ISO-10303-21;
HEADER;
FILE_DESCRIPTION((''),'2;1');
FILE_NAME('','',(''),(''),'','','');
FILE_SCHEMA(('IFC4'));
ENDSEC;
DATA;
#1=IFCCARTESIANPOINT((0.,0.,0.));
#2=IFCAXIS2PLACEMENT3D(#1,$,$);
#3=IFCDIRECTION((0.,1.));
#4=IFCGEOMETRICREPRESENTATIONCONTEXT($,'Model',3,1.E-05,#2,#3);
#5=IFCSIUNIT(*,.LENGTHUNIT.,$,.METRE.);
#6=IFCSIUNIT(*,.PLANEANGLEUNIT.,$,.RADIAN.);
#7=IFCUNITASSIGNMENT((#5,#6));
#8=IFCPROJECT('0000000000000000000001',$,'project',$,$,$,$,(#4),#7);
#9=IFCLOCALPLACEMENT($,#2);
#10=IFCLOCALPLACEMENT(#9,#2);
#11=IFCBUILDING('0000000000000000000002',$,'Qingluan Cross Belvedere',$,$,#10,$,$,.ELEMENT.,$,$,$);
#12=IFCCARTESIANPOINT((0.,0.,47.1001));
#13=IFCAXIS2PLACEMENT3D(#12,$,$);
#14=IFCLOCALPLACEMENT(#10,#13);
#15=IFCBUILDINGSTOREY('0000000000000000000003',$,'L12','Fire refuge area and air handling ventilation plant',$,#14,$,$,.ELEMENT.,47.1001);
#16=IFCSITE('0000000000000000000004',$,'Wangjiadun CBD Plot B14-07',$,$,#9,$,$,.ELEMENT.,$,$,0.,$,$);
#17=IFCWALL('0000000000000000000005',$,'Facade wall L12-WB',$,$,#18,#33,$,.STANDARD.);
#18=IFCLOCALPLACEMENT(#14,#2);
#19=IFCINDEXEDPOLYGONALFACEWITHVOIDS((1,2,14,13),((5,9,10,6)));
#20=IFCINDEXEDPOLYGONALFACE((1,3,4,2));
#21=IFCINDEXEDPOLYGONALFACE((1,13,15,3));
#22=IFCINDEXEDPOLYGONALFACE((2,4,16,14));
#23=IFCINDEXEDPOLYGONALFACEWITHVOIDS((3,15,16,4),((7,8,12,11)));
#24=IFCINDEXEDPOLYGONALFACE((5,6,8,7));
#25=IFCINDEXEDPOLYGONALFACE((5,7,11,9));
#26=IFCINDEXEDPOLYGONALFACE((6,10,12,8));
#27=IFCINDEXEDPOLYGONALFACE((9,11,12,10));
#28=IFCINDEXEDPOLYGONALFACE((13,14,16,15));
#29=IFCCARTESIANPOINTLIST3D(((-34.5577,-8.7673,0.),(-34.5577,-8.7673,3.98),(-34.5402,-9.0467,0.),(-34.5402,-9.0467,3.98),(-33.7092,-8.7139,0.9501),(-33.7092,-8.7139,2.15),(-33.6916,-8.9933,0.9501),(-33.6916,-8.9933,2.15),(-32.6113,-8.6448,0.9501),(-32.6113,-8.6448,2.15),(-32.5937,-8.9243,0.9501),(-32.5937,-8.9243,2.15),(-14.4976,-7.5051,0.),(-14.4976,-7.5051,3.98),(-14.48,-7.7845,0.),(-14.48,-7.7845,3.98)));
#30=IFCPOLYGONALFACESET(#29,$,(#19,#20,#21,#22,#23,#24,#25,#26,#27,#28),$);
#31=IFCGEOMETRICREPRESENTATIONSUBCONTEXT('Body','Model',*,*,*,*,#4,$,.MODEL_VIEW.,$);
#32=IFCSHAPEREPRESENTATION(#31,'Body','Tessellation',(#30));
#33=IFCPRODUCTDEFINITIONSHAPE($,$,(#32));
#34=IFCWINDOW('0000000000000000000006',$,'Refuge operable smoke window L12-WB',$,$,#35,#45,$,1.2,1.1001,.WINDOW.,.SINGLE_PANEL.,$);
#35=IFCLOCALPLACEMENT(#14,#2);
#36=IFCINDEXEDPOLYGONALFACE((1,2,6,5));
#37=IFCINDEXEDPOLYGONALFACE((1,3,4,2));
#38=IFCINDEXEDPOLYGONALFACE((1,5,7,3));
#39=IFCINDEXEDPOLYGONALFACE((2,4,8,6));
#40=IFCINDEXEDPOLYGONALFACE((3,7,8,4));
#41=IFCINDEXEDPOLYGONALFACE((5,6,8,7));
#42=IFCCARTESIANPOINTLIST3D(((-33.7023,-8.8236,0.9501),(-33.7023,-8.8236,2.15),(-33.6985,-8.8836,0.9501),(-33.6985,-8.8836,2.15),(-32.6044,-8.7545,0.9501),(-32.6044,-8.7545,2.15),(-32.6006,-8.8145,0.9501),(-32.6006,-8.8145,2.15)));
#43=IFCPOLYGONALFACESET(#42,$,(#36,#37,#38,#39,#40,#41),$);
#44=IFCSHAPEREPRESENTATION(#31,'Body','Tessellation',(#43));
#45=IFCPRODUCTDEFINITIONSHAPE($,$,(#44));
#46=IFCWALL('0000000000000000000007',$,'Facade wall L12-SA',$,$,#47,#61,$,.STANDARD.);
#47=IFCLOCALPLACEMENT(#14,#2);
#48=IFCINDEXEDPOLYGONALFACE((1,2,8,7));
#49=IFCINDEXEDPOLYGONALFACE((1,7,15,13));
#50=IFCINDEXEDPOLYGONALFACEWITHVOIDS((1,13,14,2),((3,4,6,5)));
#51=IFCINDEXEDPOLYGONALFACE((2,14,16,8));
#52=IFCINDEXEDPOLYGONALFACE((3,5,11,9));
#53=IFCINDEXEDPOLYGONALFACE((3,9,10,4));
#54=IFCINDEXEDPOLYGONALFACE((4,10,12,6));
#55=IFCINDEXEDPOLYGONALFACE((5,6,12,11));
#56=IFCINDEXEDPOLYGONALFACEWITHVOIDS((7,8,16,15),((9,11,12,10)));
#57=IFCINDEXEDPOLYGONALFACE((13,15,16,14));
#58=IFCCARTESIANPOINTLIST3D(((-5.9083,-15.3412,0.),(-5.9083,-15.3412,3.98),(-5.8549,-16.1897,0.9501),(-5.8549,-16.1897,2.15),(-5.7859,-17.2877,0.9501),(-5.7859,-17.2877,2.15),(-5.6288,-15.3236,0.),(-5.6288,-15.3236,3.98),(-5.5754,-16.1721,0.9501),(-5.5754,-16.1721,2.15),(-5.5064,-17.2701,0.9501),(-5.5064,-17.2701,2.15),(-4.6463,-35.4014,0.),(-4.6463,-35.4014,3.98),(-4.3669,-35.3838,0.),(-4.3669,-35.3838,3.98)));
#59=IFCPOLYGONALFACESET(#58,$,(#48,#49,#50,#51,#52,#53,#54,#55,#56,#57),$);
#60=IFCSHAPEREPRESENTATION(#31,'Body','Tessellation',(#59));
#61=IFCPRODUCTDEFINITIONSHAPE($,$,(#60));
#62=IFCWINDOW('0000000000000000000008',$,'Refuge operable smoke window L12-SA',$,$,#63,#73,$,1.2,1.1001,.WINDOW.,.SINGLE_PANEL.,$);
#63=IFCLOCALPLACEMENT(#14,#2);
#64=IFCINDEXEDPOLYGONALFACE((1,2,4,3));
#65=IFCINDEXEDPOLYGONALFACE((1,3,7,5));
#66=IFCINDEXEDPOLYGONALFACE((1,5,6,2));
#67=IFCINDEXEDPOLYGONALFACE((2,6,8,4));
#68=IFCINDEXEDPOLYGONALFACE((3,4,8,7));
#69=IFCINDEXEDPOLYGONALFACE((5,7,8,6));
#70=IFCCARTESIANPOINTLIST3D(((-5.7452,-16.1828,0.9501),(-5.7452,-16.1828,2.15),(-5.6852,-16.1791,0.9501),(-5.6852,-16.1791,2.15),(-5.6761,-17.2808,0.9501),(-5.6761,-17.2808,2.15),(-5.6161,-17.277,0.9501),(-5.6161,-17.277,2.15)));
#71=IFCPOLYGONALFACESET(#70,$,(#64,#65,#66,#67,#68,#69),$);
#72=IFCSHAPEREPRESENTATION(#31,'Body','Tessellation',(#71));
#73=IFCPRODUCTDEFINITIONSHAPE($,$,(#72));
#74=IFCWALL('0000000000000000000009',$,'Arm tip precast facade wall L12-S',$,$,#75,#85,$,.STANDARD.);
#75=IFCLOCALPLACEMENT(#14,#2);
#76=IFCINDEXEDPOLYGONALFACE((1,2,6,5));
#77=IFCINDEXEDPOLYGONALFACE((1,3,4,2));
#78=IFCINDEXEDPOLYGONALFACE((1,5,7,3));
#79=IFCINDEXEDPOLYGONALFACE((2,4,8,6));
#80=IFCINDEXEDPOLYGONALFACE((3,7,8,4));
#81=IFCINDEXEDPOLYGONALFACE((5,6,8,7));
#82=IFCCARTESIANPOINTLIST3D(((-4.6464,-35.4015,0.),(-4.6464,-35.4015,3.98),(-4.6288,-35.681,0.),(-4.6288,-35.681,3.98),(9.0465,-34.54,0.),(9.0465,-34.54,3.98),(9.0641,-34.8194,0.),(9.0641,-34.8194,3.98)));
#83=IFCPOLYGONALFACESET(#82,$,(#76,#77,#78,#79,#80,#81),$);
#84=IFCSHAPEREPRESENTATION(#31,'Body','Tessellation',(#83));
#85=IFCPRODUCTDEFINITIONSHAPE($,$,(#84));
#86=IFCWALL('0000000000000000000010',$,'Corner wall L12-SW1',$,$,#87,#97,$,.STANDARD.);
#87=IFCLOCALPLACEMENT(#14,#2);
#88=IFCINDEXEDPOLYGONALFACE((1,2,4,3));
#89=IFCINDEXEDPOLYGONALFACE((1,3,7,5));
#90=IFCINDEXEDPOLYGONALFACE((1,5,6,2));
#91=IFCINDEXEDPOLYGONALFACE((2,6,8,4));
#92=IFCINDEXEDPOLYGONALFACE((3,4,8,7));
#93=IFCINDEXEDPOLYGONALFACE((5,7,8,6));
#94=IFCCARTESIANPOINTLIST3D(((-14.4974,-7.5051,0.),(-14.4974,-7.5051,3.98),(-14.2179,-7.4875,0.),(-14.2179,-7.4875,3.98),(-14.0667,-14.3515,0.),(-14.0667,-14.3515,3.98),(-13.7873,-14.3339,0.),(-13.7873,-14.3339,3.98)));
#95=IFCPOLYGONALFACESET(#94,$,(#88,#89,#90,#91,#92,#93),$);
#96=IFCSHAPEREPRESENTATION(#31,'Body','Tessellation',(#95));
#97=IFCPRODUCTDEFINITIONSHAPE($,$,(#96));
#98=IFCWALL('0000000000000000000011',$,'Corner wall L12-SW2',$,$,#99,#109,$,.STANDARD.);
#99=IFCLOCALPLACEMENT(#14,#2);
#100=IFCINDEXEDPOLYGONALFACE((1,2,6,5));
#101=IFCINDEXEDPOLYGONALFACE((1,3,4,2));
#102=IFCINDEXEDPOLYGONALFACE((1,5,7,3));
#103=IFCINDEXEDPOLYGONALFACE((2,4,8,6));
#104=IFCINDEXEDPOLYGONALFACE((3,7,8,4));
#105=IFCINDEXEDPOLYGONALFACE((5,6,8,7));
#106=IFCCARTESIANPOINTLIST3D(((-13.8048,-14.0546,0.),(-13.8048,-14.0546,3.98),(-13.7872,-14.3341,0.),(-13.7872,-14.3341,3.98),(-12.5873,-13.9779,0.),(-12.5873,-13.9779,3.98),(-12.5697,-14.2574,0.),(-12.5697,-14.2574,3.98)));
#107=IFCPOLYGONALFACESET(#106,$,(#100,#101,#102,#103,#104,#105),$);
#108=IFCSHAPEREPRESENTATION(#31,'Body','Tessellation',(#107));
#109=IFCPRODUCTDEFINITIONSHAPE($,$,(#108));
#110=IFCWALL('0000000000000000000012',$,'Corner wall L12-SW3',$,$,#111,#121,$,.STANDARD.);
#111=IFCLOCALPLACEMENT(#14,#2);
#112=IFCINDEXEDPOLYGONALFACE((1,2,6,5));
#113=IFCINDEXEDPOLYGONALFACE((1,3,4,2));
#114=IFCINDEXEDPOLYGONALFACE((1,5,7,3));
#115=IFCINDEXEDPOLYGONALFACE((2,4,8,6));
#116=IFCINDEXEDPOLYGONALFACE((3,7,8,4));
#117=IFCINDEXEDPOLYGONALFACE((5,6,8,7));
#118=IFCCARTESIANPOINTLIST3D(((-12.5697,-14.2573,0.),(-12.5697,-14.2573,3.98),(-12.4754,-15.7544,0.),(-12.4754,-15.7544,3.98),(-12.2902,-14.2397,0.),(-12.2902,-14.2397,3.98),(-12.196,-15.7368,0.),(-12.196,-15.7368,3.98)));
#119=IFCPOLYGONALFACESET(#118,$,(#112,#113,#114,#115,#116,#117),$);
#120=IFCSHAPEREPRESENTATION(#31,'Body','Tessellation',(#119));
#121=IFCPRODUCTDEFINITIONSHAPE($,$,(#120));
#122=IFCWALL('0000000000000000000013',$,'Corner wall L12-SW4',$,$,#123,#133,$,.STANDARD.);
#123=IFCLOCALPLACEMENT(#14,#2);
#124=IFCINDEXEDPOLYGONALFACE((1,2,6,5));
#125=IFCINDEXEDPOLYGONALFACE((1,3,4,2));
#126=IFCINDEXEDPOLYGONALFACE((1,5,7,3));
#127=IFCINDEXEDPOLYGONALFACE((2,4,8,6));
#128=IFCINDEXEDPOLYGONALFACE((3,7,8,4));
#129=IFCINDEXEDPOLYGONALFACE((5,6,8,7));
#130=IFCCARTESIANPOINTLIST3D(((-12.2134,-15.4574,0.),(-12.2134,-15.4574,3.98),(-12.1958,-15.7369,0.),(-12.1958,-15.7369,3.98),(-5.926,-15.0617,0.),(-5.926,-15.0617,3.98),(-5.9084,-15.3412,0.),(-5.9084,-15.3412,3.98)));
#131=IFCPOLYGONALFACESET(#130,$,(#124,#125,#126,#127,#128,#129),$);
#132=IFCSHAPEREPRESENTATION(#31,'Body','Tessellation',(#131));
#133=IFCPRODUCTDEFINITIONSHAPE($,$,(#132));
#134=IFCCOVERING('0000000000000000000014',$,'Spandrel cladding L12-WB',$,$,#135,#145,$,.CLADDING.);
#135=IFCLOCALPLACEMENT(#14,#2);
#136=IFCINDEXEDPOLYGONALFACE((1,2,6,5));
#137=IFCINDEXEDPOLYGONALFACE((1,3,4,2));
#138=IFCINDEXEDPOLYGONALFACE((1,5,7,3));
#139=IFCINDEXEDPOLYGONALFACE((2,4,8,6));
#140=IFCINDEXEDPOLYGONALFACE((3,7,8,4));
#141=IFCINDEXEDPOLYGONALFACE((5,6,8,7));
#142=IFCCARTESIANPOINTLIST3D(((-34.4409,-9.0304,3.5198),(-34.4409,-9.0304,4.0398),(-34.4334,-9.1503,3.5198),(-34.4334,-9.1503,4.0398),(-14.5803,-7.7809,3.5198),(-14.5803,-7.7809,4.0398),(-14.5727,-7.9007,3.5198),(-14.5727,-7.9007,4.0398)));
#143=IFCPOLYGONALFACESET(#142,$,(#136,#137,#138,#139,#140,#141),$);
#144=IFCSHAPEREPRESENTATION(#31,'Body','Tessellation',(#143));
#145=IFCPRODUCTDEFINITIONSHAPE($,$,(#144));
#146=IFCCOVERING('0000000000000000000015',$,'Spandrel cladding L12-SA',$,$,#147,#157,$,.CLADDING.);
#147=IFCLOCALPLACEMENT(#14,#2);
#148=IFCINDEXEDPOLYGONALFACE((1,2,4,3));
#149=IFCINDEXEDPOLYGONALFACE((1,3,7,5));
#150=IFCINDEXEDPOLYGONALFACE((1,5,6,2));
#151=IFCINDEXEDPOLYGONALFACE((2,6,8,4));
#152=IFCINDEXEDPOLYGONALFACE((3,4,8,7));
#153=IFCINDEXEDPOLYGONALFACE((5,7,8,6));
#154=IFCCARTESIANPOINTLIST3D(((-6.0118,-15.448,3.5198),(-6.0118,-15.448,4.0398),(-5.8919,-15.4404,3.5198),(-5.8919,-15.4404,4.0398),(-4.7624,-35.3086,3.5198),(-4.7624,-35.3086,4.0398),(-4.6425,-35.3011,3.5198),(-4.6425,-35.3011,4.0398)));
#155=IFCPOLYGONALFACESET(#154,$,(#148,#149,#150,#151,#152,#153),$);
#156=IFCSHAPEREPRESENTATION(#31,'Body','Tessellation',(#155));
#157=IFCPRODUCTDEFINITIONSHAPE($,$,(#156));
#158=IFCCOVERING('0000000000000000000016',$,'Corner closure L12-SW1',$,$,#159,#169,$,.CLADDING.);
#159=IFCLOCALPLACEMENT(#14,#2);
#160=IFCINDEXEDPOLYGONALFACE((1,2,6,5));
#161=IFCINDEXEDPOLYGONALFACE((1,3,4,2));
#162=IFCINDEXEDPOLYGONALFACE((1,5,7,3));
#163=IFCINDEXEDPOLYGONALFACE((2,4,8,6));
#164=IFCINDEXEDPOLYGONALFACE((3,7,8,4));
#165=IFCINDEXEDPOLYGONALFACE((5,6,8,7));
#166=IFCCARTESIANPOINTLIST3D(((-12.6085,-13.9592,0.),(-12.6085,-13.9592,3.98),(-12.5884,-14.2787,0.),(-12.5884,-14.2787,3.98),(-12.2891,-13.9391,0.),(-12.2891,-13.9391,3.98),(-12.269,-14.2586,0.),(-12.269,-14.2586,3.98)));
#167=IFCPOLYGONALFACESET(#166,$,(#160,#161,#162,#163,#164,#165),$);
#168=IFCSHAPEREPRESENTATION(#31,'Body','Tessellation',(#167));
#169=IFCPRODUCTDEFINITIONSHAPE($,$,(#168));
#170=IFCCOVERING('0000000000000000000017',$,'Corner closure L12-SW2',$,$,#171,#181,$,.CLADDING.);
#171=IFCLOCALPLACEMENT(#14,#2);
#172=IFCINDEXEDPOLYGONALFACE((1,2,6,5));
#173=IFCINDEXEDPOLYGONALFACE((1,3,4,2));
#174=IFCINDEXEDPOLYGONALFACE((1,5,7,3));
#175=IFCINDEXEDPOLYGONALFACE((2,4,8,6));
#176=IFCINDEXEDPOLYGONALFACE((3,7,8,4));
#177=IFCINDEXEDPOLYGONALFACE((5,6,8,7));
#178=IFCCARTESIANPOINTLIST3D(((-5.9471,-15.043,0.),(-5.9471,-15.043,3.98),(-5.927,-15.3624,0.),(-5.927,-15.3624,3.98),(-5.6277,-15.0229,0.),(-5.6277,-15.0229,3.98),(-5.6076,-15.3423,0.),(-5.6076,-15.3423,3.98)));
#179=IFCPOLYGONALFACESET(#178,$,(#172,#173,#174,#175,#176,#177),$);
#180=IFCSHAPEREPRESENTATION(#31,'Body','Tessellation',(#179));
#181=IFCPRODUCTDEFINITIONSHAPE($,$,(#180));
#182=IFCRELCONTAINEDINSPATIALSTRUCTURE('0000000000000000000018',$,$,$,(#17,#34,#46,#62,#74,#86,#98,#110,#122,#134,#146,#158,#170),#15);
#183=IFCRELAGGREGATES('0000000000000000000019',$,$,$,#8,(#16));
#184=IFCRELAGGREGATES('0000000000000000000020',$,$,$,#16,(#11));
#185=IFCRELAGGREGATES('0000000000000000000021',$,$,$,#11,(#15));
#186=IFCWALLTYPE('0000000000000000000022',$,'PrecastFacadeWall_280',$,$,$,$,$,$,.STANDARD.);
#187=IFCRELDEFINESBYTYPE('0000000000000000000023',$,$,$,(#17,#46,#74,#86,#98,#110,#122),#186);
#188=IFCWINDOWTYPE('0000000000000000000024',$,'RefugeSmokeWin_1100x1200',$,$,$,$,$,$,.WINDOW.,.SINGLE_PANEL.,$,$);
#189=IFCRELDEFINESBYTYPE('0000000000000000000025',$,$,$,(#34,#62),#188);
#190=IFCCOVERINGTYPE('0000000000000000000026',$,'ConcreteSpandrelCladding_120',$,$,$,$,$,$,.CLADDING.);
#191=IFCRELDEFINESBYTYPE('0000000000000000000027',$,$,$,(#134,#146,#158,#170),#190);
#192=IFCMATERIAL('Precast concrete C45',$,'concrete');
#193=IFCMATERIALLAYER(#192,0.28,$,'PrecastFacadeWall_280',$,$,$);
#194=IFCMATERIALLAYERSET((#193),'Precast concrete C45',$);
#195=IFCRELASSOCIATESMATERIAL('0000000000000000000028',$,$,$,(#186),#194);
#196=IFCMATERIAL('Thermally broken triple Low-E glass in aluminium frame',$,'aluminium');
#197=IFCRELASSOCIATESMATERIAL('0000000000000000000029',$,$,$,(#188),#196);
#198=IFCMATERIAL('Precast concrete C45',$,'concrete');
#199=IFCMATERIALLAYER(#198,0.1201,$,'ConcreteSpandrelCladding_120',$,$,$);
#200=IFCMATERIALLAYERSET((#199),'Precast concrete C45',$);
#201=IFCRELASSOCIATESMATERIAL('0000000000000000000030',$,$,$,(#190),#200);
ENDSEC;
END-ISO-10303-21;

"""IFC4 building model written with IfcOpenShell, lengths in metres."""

from ifc_helpers import new_model, si_unit, direction, frame, frame_2d, origin, origin_2d, place, context, subcontext, project, spatial, rectangle, extrude, material, layer, layer_set, type_object, element, fill, save


model = new_model("IFC4")

# Units and contexts
model_context = context("Model", 3, precision=1e-05, world=origin(), true_north=direction((0.0, 1.0)))
body_context = subcontext(model_context, "Body", "Model", "MODEL_VIEW")
ifc_project = project(units=[si_unit("LENGTHUNIT", "METRE"), si_unit("PLANEANGLEUNIT", "RADIAN")], contexts=[model_context])

# Site, building, storey
site_placement = place(None, origin())
site = spatial("IfcSite", under=ifc_project, at=site_placement, Name="Wangjiadun CBD Plot B14-07", CompositionType="ELEMENT", RefElevation=0.0)
building_placement = place(site_placement, origin())
building = spatial("IfcBuilding", under=site, at=building_placement, Name="Qingluan Cross Belvedere", CompositionType="ELEMENT")
storey_placement = place(building_placement, frame((0.0, 0.0, 47.1001)))
storey = spatial("IfcBuildingStorey", under=building, at=storey_placement, Name="L12", Description="Fire refuge area and air handling ventilation plant", CompositionType="ELEMENT", Elevation=47.1001)

# Walls, openings, windows
ifc_material_1 = material(Name="Precast concrete C45", Category="concrete")
ifc_layer_1 = layer(ifc_material_1, 0.28, Name="PrecastFacadeWall_280")
ifc_layer_set_1 = layer_set([ifc_layer_1], Name="Precast concrete C45")
wall_type = type_object("IfcWallType", Name="PrecastFacadeWall_280", PredefinedType="STANDARD", material=ifc_layer_set_1)
wall_1_placement = place(storey_placement, frame((-34.5488, -8.907, 0.0), z_axis=(0.0, 0.0, 1.0), x_axis=(0.998026, 0.062796, 0.0)))
wall_1 = element("IfcWall", 1, at=wall_1_placement, inside=storey, type_object=wall_type, Name="Facade wall L12-WB", PredefinedType="STANDARD", context=body_context, shape_type="SweptSolid", body=[
    extrude(rectangle(XDim=20.0999, YDim=0.28, at=frame_2d((10.0498, 0.0))), origin(), (0.0, 0.0, 1.0), 3.98),
])
opening_1_placement = place(wall_1_placement, frame((0.8501, 0.0, 0.95)))
opening_1 = element("IfcOpeningElement", 2, at=opening_1_placement, cuts=wall_1, PredefinedType="OPENING", context=body_context, shape_type="SweptSolid", body=[
    extrude(rectangle(XDim=1.1001, YDim=1.2, at=frame_2d((0.55, 0.6001))), frame((0.0, 0.1499, 0.0), z_axis=(0.0, -1.0, 0.0), x_axis=(1.0, 0.0, 0.0)), (0.0, 0.0, 1.0), 0.3),
])
ifc_material_2 = material(Name="Thermally broken triple Low-E glass in aluminium frame", Category="aluminium")
window_type = type_object("IfcWindowType", Name="RefugeSmokeWin_1100x1200", PartitioningType="SINGLE_PANEL", PredefinedType="WINDOW", material=ifc_material_2)
window_1_placement = place(opening_1_placement, origin())
window_1 = element("IfcWindow", 3, at=window_1_placement, inside=storey, type_object=window_type, Name="Refuge operable smoke window L12-WB", OverallHeight=1.2, OverallWidth=1.1001, PartitioningType="SINGLE_PANEL", PredefinedType="WINDOW", context=body_context, shape_type="SweptSolid", body=[
    extrude(rectangle(XDim=1.1001, YDim=1.2, at=frame_2d((0.55, 0.6001))), frame((0.0, 0.03, 0.0), z_axis=(0.0, -1.0, 0.0), x_axis=(1.0, 0.0, 0.0)), (0.0, 0.0, 1.0), 0.0601),
])
fill(opening_1, window_1)
wall_2_placement = place(storey_placement, frame((-5.7686, -15.3325, 0.0), z_axis=(0.0, 0.0, 1.0), x_axis=(0.062784, -0.998027, 0.0)))
wall_2 = element("IfcWall", 4, at=wall_2_placement, inside=storey, type_object=wall_type, Name="Facade wall L12-SA", PredefinedType="STANDARD", context=body_context, shape_type="SweptSolid", body=[
    extrude(rectangle(XDim=20.0999, YDim=0.28, at=frame_2d((10.0498, 0.0))), origin(), (0.0, 0.0, 1.0), 3.98),
])
opening_2_placement = place(wall_2_placement, frame((0.8501, 0.0, 0.95)))
opening_2 = element("IfcOpeningElement", 5, at=opening_2_placement, cuts=wall_2, PredefinedType="OPENING", context=body_context, shape_type="SweptSolid", body=[
    extrude(rectangle(XDim=1.1001, YDim=1.2, at=frame_2d((0.55, 0.6001))), frame((0.0, 0.1499, 0.0), z_axis=(0.0, -1.0, 0.0), x_axis=(1.0, 0.0, 0.0)), (0.0, 0.0, 1.0), 0.3),
])
window_2_placement = place(opening_2_placement, origin())
window_2 = element("IfcWindow", 6, at=window_2_placement, inside=storey, type_object=window_type, Name="Refuge operable smoke window L12-SA", OverallHeight=1.2, OverallWidth=1.1001, PartitioningType="SINGLE_PANEL", PredefinedType="WINDOW", context=body_context, shape_type="SweptSolid", body=[
    extrude(rectangle(XDim=1.1001, YDim=1.2, at=frame_2d((0.55, 0.6001))), frame((0.0, 0.03, 0.0), z_axis=(0.0, -1.0, 0.0), x_axis=(1.0, 0.0, 0.0)), (0.0, 0.0, 1.0), 0.0601),
])
fill(opening_2, window_2)

# Walls
wall_3_placement = place(storey_placement, frame((-4.6375, -35.5413, 0.0), z_axis=(0.0, 0.0, 1.0), x_axis=(0.998026, 0.062797, 0.0)))
element("IfcWall", 7, at=wall_3_placement, inside=storey, type_object=wall_type, Name="Arm tip precast facade wall L12-S", PredefinedType="STANDARD", context=body_context, shape_type="SweptSolid", body=[
    extrude(rectangle(XDim=13.72, YDim=0.28, at=frame_2d((6.8599, 0.0))), origin(), (0.0, 0.0, 1.0), 3.98),
])
wall_4_placement = place(storey_placement, frame((-14.3577, -7.4963, 0.0), z_axis=(0.0, 0.0, 1.0), x_axis=(0.062779, -0.998027, 0.0)))
element("IfcWall", 8, at=wall_4_placement, inside=storey, type_object=wall_type, Name="Corner wall L12-SW1", PredefinedType="STANDARD", context=body_context, shape_type="SweptSolid", body=[
    extrude(rectangle(XDim=6.8599, YDim=0.28, at=frame_2d((3.4299, 0.0))), origin(), (0.0, 0.0, 1.0), 3.98),
])
wall_5_placement = place(storey_placement, frame((-13.7959, -14.1943, 0.0), z_axis=(0.0, 0.0, 1.0), x_axis=(0.998024, 0.062839, 0.0)))
element("IfcWall", 9, at=wall_5_placement, inside=storey, type_object=wall_type, Name="Corner wall L12-SW2", PredefinedType="STANDARD", context=body_context, shape_type="SweptSolid", body=[
    extrude(rectangle(XDim=1.22, YDim=0.28, at=frame_2d((0.6099, 0.0))), origin(), (0.0, 0.0, 1.0), 3.98),
])
wall_6_placement = place(storey_placement, frame((-12.4299, -14.2485, 0.0), z_axis=(0.0, 0.0, 1.0), x_axis=(0.062824, -0.998025, 0.0)))
element("IfcWall", 10, at=wall_6_placement, inside=storey, type_object=wall_type, Name="Corner wall L12-SW3", PredefinedType="STANDARD", context=body_context, shape_type="SweptSolid", body=[
    extrude(rectangle(XDim=1.5, YDim=0.28, at=frame_2d((0.75, 0.0))), origin(), (0.0, 0.0, 1.0), 3.98),
])
wall_7_placement = place(storey_placement, frame((-12.2046, -15.5972, 0.0), z_axis=(0.0, 0.0, 1.0), x_axis=(0.998025, 0.06282, 0.0)))
element("IfcWall", 11, at=wall_7_placement, inside=storey, type_object=wall_type, Name="Corner wall L12-SW4", PredefinedType="STANDARD", context=body_context, shape_type="SweptSolid", body=[
    extrude(rectangle(XDim=6.2998, YDim=0.28, at=frame_2d((3.1499, 0.0))), origin(), (0.0, 0.0, 1.0), 3.98),
])

# Coverings
ifc_material_3 = material(Name="Precast concrete C45", Category="concrete")
ifc_layer_2 = layer(ifc_material_3, 0.1201, Name="ConcreteSpandrelCladding_120")
ifc_layer_set_2 = layer_set([ifc_layer_2], Name="Precast concrete C45")
covering_type = type_object("IfcCoveringType", Name="ConcreteSpandrelCladding_120", PredefinedType="CLADDING", material=ifc_layer_set_2)
for number, where, z_axis, x_axis, name in (
    (12, (-24.5068, -8.4656, 3.5198), (0.0, 0.0, 1.0), (0.998027, 0.062791, 0.0), "Spandrel cladding L12-WB"),
    (13, (-5.3271, -25.3745, 3.5198), (0.0, 0.0, 1.0), (0.062786, -0.998027, 0.0), "Spandrel cladding L12-SA"),
):
    element("IfcCovering", number, at=place(storey_placement, frame(where, z_axis=z_axis, x_axis=x_axis)), inside=storey, type_object=covering_type, Name=name, PredefinedType="CLADDING", context=body_context, shape_type="SweptSolid", body=[
        extrude(rectangle(XDim=19.8999, YDim=0.1201, at=origin_2d()), origin(), (0.0, 0.0, 1.0), 0.52),
    ])
for number, where, z_axis, x_axis, name in (
    (14, (-12.4387, -14.1089, 0.0), (0.0, 0.0, 1.0), (0.998027, 0.062791, 0.0), "Corner closure L12-SW1"),
    (15, (-5.7773, -15.1926, 0.0), (0.0, 0.0, 1.0), (0.998027, 0.062791, 0.0), "Corner closure L12-SW2"),
):
    element("IfcCovering", number, at=place(storey_placement, frame(where, z_axis=z_axis, x_axis=x_axis)), inside=storey, type_object=covering_type, Name=name, PredefinedType="CLADDING", context=body_context, shape_type="SweptSolid", body=[
        extrude(rectangle(XDim=0.3201, YDim=0.3201, at=origin_2d()), origin(), (0.0, 0.0, 1.0), 3.98),
    ])

save(model, "model.ifc")
